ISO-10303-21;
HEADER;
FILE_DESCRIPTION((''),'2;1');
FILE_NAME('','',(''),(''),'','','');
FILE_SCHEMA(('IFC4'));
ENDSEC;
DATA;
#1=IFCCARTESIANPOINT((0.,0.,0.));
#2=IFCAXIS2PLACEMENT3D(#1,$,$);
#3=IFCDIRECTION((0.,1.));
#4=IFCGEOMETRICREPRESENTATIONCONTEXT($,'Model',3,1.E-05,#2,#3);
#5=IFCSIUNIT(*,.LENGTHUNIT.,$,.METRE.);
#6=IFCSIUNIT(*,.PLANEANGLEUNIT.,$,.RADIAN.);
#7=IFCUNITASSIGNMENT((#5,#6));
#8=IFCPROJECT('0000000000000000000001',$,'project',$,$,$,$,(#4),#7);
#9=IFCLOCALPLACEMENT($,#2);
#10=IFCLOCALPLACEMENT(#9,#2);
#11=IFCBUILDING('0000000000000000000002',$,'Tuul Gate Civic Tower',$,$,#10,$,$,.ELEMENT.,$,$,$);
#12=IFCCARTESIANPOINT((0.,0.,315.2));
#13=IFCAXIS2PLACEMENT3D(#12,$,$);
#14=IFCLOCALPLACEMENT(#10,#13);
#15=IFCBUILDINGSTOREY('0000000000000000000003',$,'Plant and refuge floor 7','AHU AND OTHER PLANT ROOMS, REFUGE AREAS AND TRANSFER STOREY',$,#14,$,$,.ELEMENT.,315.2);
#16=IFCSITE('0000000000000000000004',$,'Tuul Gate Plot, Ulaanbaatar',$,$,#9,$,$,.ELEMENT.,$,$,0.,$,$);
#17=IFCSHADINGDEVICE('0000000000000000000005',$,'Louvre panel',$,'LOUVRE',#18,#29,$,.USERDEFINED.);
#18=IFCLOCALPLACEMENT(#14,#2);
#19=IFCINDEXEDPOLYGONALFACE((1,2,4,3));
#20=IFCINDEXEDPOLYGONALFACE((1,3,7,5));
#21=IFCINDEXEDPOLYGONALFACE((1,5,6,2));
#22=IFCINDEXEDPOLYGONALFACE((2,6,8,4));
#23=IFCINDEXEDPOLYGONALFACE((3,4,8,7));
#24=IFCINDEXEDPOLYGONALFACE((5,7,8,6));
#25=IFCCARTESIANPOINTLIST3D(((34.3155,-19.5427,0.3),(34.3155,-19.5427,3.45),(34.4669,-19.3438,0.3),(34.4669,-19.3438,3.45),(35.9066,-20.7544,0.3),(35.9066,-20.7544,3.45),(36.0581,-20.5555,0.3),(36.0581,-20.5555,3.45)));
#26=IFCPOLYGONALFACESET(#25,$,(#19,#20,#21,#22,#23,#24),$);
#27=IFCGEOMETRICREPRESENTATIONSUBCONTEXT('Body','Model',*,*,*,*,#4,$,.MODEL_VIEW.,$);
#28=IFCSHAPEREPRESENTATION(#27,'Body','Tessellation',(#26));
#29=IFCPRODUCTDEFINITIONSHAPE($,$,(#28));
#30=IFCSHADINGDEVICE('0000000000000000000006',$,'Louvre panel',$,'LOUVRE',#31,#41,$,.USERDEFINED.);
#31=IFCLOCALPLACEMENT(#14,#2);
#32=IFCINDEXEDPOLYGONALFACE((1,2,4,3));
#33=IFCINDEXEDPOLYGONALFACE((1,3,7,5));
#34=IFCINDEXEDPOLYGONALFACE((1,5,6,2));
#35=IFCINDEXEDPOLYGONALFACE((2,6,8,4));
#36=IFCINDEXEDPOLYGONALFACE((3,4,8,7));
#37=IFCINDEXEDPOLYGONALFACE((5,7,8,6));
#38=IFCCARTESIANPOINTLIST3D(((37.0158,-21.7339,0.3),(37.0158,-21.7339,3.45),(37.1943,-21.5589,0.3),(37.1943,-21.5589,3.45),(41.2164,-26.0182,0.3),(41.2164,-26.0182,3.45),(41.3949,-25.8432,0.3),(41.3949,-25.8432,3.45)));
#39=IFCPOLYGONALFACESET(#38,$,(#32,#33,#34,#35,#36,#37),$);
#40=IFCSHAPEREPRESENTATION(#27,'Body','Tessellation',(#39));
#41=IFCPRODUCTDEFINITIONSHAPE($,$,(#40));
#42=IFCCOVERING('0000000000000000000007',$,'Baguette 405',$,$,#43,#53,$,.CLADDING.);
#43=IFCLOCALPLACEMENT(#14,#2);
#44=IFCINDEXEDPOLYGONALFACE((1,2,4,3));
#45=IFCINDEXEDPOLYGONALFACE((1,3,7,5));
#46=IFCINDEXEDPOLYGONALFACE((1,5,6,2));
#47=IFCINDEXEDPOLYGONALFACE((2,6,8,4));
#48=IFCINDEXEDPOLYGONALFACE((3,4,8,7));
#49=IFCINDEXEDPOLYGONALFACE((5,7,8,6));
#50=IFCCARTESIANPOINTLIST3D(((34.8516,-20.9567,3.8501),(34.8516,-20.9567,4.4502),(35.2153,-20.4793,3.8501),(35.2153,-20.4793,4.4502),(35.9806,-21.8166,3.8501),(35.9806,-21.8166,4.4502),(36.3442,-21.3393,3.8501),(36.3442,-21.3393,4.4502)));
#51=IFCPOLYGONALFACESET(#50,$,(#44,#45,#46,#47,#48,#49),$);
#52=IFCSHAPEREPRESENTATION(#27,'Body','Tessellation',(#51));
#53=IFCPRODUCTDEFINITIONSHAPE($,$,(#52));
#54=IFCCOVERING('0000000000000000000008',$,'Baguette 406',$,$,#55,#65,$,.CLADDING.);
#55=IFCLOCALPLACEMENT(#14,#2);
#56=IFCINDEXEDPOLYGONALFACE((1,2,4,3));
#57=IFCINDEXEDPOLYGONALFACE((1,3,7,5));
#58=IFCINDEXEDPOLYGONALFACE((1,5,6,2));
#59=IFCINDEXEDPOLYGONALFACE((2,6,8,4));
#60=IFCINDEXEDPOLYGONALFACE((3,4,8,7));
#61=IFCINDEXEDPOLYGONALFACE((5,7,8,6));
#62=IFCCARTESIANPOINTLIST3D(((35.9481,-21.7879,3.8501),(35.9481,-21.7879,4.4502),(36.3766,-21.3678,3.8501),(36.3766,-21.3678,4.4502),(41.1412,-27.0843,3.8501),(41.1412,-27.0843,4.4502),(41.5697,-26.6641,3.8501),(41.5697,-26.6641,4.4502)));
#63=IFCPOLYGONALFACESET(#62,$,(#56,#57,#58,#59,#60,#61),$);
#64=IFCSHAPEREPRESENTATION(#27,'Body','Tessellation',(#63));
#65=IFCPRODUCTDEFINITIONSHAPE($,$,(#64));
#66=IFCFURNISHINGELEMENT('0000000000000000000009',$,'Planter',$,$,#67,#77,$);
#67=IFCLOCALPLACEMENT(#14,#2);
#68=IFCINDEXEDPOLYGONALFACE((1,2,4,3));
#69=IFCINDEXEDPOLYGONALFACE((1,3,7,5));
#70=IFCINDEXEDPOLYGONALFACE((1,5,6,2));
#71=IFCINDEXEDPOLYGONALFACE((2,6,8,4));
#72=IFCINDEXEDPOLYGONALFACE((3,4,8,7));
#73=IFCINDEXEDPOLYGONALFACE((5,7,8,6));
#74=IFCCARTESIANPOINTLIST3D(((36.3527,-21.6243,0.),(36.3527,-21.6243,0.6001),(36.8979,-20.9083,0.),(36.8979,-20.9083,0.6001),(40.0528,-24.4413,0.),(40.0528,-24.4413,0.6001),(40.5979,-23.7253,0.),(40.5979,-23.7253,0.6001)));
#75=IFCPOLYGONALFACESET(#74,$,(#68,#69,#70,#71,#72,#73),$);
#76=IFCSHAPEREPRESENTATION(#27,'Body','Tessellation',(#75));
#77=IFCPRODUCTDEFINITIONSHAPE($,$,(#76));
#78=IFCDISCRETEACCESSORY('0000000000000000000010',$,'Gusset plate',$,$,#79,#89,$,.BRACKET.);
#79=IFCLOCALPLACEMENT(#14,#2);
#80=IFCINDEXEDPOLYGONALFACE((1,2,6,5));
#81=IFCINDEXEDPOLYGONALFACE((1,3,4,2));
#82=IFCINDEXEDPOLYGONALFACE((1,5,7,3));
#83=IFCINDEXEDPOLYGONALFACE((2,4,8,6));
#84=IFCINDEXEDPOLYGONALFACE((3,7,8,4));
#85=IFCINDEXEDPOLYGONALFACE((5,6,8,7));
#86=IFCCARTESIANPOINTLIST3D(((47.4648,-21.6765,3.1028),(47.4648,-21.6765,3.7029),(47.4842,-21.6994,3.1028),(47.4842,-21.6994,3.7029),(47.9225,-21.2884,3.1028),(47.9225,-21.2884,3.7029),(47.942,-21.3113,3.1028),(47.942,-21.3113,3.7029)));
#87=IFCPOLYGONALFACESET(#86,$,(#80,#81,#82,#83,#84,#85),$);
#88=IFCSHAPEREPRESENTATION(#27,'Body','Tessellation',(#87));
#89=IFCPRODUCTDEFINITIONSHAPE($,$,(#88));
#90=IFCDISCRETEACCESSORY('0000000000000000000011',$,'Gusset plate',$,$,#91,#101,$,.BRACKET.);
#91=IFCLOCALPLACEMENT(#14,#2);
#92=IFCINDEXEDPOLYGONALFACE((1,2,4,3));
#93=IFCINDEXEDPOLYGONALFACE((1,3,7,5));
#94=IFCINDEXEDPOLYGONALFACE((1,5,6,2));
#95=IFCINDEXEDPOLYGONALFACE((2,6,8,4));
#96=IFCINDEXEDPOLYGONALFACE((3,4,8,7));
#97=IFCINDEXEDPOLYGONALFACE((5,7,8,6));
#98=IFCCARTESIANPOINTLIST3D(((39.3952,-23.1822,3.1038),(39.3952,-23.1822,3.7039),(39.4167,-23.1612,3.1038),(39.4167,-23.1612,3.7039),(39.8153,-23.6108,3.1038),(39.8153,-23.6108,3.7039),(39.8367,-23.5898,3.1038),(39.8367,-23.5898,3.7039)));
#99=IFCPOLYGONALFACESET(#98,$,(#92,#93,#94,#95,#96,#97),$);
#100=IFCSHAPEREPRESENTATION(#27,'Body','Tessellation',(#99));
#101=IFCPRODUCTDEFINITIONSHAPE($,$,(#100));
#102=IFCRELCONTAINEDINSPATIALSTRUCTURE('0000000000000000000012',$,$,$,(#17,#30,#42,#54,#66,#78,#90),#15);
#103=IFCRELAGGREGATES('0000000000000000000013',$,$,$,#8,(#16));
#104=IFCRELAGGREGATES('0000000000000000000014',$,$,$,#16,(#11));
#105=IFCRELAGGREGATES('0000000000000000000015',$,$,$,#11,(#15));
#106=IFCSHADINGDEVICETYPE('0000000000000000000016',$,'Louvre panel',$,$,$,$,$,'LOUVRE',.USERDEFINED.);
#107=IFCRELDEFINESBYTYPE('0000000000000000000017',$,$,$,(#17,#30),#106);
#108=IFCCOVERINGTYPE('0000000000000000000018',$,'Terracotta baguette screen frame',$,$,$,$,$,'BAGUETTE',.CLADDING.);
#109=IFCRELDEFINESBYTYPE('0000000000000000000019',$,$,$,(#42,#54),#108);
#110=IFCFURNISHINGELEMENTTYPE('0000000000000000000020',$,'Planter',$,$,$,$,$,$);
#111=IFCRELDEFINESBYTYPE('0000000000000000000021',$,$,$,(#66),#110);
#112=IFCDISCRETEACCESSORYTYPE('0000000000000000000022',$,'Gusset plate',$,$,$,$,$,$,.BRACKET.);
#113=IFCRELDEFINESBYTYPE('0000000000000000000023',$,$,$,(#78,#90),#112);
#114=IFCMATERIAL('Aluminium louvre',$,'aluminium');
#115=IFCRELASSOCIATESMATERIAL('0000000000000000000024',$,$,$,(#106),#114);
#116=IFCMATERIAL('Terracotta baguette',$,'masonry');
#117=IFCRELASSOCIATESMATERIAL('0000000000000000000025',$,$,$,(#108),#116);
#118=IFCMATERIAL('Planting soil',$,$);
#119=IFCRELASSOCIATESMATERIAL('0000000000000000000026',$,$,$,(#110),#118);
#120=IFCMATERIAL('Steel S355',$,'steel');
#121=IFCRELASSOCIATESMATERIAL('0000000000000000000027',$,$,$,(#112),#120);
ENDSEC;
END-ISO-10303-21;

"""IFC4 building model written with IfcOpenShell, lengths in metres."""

from ifc_helpers import new_model, si_unit, direction, frame, origin, origin_2d, place, context, subcontext, project, spatial, rectangle, extrude, material, material_profile, profile_set, type_object, element, save


model = new_model("IFC4")

# Units and contexts
model_context = context("Model", 3, precision=1e-05, world=origin(), true_north=direction((0.0, 1.0)))
body_context = subcontext(model_context, "Body", "Model", "MODEL_VIEW")
ifc_project = project(units=[si_unit("LENGTHUNIT", "METRE"), si_unit("PLANEANGLEUNIT", "RADIAN")], contexts=[model_context])

# Site, building, storey
site_placement = place(None, origin())
site = spatial("IfcSite", under=ifc_project, at=site_placement, Name="Tuul Gate Plot, Ulaanbaatar", CompositionType="ELEMENT", RefElevation=0.0)
building_placement = place(site_placement, origin())
building = spatial("IfcBuilding", under=site, at=building_placement, Name="Tuul Gate Civic Tower", CompositionType="ELEMENT")
storey_placement = place(building_placement, frame((0.0, 0.0, 315.2)))
storey = spatial("IfcBuildingStorey", under=building, at=storey_placement, Name="Plant and refuge floor 7", Description="AHU AND OTHER PLANT ROOMS, REFUGE AREAS AND TRANSFER STOREY", CompositionType="ELEMENT", Elevation=315.2)

# Shading devices
ifc_material_1 = material(Name="Aluminium louvre", Category="aluminium")
shading_device_type = type_object("IfcShadingDeviceType", Name="Louvre panel", ElementType="LOUVRE", PredefinedType="USERDEFINED", material=ifc_material_1)
shading_device_1_placement = place(storey_placement, frame((35.1868, -20.0491, 0.3), z_axis=(0.0, 0.0, 1.0), x_axis=(-0.605851, -0.795578, 0.0)))
element("IfcShadingDevice", 1, at=shading_device_1_placement, inside=storey, type_object=shading_device_type, Name="Louvre panel", ObjectType="LOUVRE", PredefinedType="USERDEFINED", context=body_context, shape_type="SweptSolid", body=[
    extrude(rectangle(XDim=0.25, YDim=2.0, at=origin_2d()), origin(), (0.0, 0.0, 1.0), 3.1499),
])
shading_device_2_placement = place(storey_placement, frame((39.2053, -23.7886, 0.3), z_axis=(0.0, 0.0, 1.0), x_axis=(-0.714048, -0.700097, 0.0)))
element("IfcShadingDevice", 2, at=shading_device_2_placement, inside=storey, type_object=shading_device_type, Name="Louvre panel", ObjectType="LOUVRE", PredefinedType="USERDEFINED", context=body_context, shape_type="SweptSolid", body=[
    extrude(rectangle(XDim=0.25, YDim=6.0, at=origin_2d()), origin(), (0.0, 0.0, 1.0), 3.1499),
])

# Coverings
ifc_material_2 = material(Name="Terracotta baguette", Category="masonry")
ifc_material_profile_1 = material_profile(ifc_material_2, rectangle(XDim=0.6001, YDim=0.6001, at=origin_2d()), Name="Terracotta baguette screen frame")
ifc_profile_set_1 = profile_set([ifc_material_profile_1], Name="Terracotta baguette")
covering_type = type_object("IfcCoveringType", Name="Terracotta baguette screen frame", ElementType="BAGUETTE", PredefinedType="CLADDING", material=ifc_profile_set_1)
covering_1_placement = place(storey_placement, frame((35.0334, -20.718, 4.1501), z_axis=(0.795519, -0.605929, 0.0), x_axis=(0.605929, 0.795519, 0.0)))
element("IfcCovering", 3, at=covering_1_placement, inside=storey, type_object=covering_type, Name="Baguette 405", PredefinedType="CLADDING", context=body_context, shape_type="SweptSolid", body=[
    extrude(rectangle(XDim=0.6001, YDim=0.6001, at=origin_2d()), origin(), (0.0, 0.0, 1.0), 1.4192),
])
covering_2_placement = place(storey_placement, frame((36.1624, -21.5779, 4.1501), z_axis=(0.700111, -0.714034, 0.0), x_axis=(0.714034, 0.700111, 0.0)))
element("IfcCovering", 4, at=covering_2_placement, inside=storey, type_object=covering_type, Name="Baguette 406", PredefinedType="CLADDING", context=body_context, shape_type="SweptSolid", body=[
    extrude(rectangle(XDim=0.6001, YDim=0.6001, at=origin_2d()), origin(), (0.0, 0.0, 1.0), 7.4175),
])

# Furnishing element
ifc_material_3 = material(Name="Planting soil")
furnishing_element_type = type_object("IfcFurnishingElementType", Name="Planter", material=ifc_material_3)
furnishing_placement = place(storey_placement, frame((38.4753, -22.6748, 0.0), z_axis=(0.0, 0.0, 1.0), x_axis=(0.795646, -0.605762, 0.0)))
element("IfcFurnishingElement", 5, at=furnishing_placement, inside=storey, type_object=furnishing_element_type, Name="Planter", context=body_context, shape_type="SweptSolid", body=[
    extrude(rectangle(XDim=4.6504, YDim=0.8999, at=origin_2d()), origin(), (0.0, 0.0, 1.0), 0.6001),
])

# Discrete accessories
ifc_material_4 = material(Name="Steel S355", Category="steel")
discrete_accessory_type = type_object("IfcDiscreteAccessoryType", Name="Gusset plate", PredefinedType="BRACKET", material=ifc_material_4)
for number, where, z_axis, x_axis, name in (
    (6, (47.7034, -21.4939, 3.1028), (0.0, 0.0, 1.0), (0.762825, 0.646605, 0.0), "Gusset plate"),
    (7, (39.616, -23.386, 3.1038), (0.0, 0.0, 1.0), (-0.699958, 0.714184, 0.0), "Gusset plate"),
):
    element("IfcDiscreteAccessory", number, at=place(storey_placement, frame(where, z_axis=z_axis, x_axis=x_axis)), inside=storey, type_object=discrete_accessory_type, Name=name, PredefinedType="BRACKET", context=body_context, shape_type="SweptSolid", body=[
        extrude(rectangle(XDim=0.6001, YDim=0.03, at=origin_2d()), origin(), (0.0, 0.0, 1.0), 0.6001),
    ])

save(model, "model.ifc")
